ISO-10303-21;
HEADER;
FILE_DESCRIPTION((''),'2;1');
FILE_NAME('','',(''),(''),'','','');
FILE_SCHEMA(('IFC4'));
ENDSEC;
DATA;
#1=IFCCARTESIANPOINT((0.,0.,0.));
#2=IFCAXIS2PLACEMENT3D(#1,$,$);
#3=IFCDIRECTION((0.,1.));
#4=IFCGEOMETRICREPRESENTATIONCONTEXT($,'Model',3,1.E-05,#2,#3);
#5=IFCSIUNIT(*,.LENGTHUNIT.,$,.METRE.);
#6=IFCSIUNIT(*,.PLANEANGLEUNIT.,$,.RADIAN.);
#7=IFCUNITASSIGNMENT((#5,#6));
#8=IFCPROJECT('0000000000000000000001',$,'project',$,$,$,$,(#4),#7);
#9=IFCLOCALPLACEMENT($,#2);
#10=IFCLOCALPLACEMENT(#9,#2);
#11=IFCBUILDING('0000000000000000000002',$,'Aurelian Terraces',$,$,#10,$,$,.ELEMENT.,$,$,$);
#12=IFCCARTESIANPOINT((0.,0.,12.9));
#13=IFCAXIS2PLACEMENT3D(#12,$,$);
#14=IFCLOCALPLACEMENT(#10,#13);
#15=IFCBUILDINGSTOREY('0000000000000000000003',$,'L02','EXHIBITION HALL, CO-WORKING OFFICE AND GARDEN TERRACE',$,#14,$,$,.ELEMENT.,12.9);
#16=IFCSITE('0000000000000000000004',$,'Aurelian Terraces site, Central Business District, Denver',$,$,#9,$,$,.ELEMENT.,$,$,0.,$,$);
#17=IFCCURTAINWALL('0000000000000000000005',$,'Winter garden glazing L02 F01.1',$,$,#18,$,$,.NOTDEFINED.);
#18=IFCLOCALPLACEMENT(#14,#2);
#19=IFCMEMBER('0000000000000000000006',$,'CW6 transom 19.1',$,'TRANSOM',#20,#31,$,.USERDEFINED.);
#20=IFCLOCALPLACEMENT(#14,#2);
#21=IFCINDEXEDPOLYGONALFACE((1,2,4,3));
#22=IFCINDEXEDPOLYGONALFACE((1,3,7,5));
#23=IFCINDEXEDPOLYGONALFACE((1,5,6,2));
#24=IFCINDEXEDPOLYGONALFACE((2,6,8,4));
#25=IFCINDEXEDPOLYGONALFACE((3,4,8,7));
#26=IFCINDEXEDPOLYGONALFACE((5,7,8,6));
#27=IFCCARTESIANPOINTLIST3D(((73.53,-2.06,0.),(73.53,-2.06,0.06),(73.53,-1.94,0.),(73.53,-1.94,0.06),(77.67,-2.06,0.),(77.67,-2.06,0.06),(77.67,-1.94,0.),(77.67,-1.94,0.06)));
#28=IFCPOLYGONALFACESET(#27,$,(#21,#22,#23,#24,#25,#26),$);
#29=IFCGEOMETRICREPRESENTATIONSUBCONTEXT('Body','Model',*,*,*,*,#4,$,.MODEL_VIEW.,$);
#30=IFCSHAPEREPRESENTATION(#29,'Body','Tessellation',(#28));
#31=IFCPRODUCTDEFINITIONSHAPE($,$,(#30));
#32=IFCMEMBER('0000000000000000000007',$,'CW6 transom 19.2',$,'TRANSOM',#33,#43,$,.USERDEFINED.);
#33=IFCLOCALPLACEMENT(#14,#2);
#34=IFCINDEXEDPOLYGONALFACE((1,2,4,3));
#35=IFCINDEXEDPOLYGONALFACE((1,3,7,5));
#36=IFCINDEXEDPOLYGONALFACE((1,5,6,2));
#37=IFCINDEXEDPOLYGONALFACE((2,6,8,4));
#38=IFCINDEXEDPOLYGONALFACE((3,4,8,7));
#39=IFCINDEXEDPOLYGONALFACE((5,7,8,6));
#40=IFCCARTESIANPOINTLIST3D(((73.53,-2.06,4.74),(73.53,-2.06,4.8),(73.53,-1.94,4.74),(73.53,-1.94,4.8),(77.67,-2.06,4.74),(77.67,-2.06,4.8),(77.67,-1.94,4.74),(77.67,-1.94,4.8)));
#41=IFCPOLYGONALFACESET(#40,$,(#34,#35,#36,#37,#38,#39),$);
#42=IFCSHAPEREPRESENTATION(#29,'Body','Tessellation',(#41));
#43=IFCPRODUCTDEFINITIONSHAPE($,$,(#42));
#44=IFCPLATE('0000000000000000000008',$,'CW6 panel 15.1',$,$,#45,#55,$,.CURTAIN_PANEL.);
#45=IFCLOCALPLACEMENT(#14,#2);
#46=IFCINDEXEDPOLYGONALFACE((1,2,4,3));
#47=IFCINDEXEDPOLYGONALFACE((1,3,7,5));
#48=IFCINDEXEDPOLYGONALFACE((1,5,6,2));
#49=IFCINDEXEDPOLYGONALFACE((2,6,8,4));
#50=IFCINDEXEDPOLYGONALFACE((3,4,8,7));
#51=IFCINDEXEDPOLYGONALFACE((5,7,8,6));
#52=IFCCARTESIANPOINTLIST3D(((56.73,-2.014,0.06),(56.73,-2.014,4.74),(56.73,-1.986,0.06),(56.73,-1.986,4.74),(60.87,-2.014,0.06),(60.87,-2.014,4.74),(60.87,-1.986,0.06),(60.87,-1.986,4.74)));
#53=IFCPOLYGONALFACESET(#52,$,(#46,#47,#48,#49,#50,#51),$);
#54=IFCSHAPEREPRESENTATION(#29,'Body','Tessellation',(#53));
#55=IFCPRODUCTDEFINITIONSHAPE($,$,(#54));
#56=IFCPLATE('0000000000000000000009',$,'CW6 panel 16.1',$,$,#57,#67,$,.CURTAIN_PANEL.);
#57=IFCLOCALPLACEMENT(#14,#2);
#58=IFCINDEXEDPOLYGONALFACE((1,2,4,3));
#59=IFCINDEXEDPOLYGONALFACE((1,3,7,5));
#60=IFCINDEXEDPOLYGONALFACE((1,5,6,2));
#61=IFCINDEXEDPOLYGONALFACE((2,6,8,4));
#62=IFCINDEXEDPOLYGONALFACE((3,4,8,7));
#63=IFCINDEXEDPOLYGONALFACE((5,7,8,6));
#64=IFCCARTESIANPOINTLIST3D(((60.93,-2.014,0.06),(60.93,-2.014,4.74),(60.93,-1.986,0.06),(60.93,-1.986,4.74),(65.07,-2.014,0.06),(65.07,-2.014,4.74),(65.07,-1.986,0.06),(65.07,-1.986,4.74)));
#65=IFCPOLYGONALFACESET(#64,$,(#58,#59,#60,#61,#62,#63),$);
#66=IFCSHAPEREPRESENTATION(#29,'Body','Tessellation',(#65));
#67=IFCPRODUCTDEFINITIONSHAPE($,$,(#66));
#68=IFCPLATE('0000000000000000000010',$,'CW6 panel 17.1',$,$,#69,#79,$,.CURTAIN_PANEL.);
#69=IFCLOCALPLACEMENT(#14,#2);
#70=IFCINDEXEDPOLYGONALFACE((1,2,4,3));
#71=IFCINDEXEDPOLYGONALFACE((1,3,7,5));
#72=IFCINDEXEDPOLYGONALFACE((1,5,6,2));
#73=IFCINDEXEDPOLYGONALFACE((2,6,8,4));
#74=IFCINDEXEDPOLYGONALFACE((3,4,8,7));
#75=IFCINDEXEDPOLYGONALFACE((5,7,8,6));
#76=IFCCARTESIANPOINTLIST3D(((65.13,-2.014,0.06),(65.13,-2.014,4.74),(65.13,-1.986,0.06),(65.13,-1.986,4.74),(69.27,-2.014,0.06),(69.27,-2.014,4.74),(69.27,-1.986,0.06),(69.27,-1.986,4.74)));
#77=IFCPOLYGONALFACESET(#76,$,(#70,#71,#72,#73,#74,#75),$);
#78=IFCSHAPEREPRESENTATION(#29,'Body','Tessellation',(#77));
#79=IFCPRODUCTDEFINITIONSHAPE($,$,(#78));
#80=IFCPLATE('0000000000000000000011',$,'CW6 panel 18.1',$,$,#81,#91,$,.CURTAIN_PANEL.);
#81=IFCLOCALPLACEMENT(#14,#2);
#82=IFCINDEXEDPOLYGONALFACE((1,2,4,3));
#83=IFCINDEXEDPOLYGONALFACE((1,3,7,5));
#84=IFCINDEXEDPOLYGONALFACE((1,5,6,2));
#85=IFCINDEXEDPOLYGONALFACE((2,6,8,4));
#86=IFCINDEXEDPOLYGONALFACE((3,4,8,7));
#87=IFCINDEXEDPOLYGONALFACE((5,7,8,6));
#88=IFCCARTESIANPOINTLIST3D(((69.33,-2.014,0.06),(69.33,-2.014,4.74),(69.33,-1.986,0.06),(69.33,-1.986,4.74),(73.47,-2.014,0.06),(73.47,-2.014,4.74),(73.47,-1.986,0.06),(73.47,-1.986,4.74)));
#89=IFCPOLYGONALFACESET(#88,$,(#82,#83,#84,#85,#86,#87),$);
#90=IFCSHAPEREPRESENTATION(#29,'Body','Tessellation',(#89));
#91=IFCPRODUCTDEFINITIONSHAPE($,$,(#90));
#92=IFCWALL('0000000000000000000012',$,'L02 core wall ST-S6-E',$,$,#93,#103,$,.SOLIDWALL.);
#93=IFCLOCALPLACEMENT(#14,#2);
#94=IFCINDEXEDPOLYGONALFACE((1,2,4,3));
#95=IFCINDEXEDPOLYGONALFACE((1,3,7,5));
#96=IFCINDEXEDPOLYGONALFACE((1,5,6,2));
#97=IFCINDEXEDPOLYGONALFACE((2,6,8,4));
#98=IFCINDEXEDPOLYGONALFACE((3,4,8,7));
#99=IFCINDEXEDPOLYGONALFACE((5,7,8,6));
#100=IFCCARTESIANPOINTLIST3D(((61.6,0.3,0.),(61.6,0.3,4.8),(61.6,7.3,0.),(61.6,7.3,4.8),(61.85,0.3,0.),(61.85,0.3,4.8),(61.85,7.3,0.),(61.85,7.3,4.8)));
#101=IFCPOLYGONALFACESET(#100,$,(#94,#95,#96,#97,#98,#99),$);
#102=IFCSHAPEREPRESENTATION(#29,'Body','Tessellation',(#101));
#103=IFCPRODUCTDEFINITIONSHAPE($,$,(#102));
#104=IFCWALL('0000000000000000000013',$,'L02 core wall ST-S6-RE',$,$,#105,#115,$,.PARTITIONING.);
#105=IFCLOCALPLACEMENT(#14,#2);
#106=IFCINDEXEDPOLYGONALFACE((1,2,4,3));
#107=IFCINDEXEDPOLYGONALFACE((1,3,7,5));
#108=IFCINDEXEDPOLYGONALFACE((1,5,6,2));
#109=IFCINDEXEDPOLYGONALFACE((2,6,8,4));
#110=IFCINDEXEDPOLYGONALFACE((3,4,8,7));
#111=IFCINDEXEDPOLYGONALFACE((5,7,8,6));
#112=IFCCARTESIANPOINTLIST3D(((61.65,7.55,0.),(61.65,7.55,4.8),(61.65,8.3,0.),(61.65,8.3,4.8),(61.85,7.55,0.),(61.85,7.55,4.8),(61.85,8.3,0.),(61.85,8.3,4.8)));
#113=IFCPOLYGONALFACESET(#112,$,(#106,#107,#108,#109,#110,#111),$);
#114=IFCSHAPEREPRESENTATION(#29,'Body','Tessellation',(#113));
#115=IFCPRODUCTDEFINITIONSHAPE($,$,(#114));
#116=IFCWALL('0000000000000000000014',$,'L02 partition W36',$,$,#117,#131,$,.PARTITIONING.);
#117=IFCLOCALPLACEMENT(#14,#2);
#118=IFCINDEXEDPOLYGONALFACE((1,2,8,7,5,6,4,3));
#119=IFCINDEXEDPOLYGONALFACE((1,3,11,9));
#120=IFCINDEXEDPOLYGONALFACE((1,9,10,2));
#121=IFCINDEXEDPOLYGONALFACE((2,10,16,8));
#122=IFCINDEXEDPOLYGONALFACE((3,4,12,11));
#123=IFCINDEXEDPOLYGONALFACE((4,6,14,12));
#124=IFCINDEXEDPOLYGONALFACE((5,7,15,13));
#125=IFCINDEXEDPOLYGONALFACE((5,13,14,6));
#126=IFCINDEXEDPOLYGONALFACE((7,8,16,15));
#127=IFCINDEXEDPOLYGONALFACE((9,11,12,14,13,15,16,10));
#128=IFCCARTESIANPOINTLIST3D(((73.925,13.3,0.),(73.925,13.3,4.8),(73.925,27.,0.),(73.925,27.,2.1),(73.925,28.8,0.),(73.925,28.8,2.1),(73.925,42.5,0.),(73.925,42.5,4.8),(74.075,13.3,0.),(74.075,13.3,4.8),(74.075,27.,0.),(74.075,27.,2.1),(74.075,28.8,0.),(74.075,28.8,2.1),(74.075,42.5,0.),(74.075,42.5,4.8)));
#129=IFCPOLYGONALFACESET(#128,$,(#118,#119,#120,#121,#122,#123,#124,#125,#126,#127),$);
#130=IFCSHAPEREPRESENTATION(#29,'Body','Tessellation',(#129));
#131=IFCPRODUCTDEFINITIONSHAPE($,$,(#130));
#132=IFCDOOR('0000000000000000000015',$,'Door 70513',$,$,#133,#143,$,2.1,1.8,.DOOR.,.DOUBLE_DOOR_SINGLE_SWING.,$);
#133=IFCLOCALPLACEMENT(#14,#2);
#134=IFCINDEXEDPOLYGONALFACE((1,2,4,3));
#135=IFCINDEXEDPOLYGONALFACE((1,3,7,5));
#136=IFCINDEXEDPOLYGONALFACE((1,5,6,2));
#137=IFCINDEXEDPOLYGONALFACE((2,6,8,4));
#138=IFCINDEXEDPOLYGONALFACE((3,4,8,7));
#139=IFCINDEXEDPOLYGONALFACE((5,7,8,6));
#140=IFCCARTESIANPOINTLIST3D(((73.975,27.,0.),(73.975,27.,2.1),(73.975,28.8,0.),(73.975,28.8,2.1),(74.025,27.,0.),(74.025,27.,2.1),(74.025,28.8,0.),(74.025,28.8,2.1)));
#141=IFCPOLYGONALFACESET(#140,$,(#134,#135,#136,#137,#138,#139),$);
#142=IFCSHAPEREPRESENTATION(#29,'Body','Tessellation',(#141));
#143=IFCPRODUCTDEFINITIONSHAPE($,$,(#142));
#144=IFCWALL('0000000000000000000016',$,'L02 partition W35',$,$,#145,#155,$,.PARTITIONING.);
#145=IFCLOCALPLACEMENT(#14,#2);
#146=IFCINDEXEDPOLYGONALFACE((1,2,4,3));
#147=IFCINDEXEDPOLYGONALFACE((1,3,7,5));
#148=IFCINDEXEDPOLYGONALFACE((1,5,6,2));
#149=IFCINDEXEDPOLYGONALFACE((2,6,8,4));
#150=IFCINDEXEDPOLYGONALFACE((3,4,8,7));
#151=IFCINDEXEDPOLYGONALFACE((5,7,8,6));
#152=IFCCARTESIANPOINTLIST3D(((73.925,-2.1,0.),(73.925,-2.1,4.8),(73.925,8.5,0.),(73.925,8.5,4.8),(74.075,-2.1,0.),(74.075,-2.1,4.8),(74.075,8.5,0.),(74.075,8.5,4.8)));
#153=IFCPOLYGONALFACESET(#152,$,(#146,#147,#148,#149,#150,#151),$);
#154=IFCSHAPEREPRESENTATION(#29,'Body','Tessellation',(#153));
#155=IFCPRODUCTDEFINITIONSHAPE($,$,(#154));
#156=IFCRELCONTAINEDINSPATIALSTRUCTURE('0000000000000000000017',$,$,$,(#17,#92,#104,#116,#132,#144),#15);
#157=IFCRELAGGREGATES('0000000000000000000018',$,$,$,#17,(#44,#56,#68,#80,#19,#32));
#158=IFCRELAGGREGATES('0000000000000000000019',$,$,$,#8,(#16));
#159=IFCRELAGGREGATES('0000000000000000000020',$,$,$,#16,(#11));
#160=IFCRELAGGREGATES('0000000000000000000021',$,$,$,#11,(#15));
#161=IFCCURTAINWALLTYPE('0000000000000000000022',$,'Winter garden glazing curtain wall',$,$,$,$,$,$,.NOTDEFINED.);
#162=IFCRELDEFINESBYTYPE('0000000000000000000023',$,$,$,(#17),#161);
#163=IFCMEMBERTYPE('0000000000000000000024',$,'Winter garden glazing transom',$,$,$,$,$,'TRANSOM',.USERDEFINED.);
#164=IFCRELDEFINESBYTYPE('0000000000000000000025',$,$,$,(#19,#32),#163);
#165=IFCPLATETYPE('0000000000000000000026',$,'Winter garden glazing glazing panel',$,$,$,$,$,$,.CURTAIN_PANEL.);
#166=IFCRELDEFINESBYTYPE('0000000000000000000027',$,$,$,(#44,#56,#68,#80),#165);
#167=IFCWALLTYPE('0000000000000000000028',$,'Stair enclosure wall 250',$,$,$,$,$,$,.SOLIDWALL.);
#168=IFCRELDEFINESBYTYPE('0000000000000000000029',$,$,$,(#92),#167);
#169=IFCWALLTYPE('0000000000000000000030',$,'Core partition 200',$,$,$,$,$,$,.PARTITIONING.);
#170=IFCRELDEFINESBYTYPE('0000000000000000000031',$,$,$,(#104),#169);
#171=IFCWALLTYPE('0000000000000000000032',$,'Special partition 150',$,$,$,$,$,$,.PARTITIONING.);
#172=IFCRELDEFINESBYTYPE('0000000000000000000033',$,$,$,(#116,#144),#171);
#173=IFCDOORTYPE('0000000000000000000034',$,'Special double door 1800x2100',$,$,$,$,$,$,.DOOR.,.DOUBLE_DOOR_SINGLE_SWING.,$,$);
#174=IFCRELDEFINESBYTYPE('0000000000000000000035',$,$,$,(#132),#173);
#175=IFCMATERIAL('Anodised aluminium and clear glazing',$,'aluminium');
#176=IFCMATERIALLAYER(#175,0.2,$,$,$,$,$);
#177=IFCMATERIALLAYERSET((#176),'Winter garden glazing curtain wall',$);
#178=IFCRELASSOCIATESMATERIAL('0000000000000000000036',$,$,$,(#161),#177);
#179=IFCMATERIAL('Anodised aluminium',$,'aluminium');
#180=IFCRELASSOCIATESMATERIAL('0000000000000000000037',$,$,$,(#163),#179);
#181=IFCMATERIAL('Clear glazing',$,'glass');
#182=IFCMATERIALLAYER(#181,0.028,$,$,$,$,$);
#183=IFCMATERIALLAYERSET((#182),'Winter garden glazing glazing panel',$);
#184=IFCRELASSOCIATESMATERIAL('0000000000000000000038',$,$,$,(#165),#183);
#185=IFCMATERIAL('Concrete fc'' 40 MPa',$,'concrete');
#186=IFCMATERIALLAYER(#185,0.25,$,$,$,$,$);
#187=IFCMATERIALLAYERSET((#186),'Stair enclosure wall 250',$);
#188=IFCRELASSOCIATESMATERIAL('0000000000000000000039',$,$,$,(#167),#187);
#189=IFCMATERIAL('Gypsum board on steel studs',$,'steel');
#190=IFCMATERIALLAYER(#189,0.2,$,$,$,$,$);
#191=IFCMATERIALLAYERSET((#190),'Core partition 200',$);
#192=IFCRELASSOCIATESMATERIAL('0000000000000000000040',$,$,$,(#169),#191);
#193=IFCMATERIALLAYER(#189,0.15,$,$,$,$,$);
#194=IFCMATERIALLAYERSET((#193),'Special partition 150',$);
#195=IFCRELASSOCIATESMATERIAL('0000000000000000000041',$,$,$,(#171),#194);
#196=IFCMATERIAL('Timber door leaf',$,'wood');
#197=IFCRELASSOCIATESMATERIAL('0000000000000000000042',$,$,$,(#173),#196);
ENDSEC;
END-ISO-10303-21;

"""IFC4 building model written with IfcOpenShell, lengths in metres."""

from ifc_helpers import new_model, si_unit, direction, frame, frame_2d, origin, origin_2d, place, context, subcontext, project, spatial, rectangle, extrude, source, transform, mapped, material, layer, layer_set, material_profile, profile_set, type_object, element, fill, aggregate, save


model = new_model("IFC4")

# Units and contexts
model_context = context("Model", 3, precision=1e-05, world=origin(), true_north=direction((0.0, 1.0)))
body_context = subcontext(model_context, "Body", "Model", "MODEL_VIEW")
ifc_project = project(units=[si_unit("LENGTHUNIT", "METRE"), si_unit("PLANEANGLEUNIT", "RADIAN")], contexts=[model_context])

# Site, building, storey
site_placement = place(None, origin())
site = spatial("IfcSite", under=ifc_project, at=site_placement, Name="Aurelian Terraces site, Central Business District, Denver", CompositionType="ELEMENT", RefElevation=0.0)
building_placement = place(site_placement, origin())
building = spatial("IfcBuilding", under=site, at=building_placement, Name="Aurelian Terraces", CompositionType="ELEMENT")
storey_placement = place(building_placement, frame((0.0, 0.0, 12.9)))
storey = spatial("IfcBuildingStorey", under=building, at=storey_placement, Name="L02", Description="EXHIBITION HALL, CO-WORKING OFFICE AND GARDEN TERRACE", CompositionType="ELEMENT", Elevation=12.9)

# Curtain wall, members, plates
ifc_material_1 = material(Name="Anodised aluminium and clear glazing", Category="aluminium")
ifc_layer_1 = layer(ifc_material_1, 0.2)
ifc_layer_set_1 = layer_set([ifc_layer_1], Name="Winter garden glazing curtain wall")
curtain_wall_type = type_object("IfcCurtainWallType", Name="Winter garden glazing curtain wall", PredefinedType="NOTDEFINED", material=ifc_layer_set_1)
curtain_wall_placement = place(storey_placement, origin())
curtain_wall = element("IfcCurtainWall", 1, at=curtain_wall_placement, inside=storey, type_object=curtain_wall_type, Name="Winter garden glazing L02 F01.1", PredefinedType="NOTDEFINED")
ifc_material_2 = material(Name="Anodised aluminium", Category="aluminium")
ifc_material_profile_1 = material_profile(ifc_material_2, rectangle(XDim=0.12, YDim=0.06, at=origin_2d()))
ifc_profile_set_1 = profile_set([ifc_material_profile_1], Name="Anodised aluminium")
member_type_1 = type_object("IfcMemberType", Name="Winter garden glazing transom", ElementType="TRANSOM", PredefinedType="USERDEFINED", material=ifc_profile_set_1)
shared_shape_1 = source(origin(), body_context, "Body", "SweptSolid", [
    extrude(rectangle(XDim=0.12, YDim=0.06, at=origin_2d()), origin(), (0.0, 0.0, 1.0), 4.14),
])
member_1_placement = place(storey_placement, frame((73.53, -2.0, 0.03), z_axis=(1.0, 0.0, 0.0), x_axis=(0.0, 1.0, 0.0)))
member_1 = element("IfcMember", 2, at=member_1_placement, type_object=member_type_1, Name="CW6 transom 19.1", ObjectType="TRANSOM", PredefinedType="USERDEFINED", context=body_context, shape_type="MappedRepresentation", body=[
    mapped(shared_shape_1, transform((0.0, 0.0, 0.0), scale=1.0)),
])
member_2_placement = place(storey_placement, frame((73.53, -2.0, 4.77), z_axis=(1.0, 0.0, 0.0), x_axis=(0.0, 1.0, 0.0)))
member_2 = element("IfcMember", 3, at=member_2_placement, type_object=member_type_1, Name="CW6 transom 19.2", ObjectType="TRANSOM", PredefinedType="USERDEFINED", context=body_context, shape_type="MappedRepresentation", body=[
    mapped(shared_shape_1, transform((0.0, 0.0, 0.0), scale=1.0)),
])
ifc_material_3 = material(Name="Clear glazing", Category="glass")
ifc_layer_2 = layer(ifc_material_3, 0.028)
ifc_layer_set_2 = layer_set([ifc_layer_2], Name="Winter garden glazing glazing panel")
plate_type = type_object("IfcPlateType", Name="Winter garden glazing glazing panel", PredefinedType="CURTAIN_PANEL", material=ifc_layer_set_2)
shared_shape_2 = source(origin(), body_context, "Body", "SweptSolid", [
    extrude(rectangle(XDim=4.14, YDim=0.028, at=origin_2d()), origin(), (0.0, 0.0, 1.0), 4.68),
])
plate_1_placement = place(storey_placement, frame((58.8, -2.0, 0.06), z_axis=(0.0, 0.0, 1.0), x_axis=(1.0, 0.0, 0.0)))
plate_1 = element("IfcPlate", 4, at=plate_1_placement, type_object=plate_type, Name="CW6 panel 15.1", PredefinedType="CURTAIN_PANEL", context=body_context, shape_type="MappedRepresentation", body=[
    mapped(shared_shape_2, transform((0.0, 0.0, 0.0), scale=1.0)),
])
plate_2_placement = place(storey_placement, frame((63.0, -2.0, 0.06), z_axis=(0.0, 0.0, 1.0), x_axis=(1.0, 0.0, 0.0)))
plate_2 = element("IfcPlate", 5, at=plate_2_placement, type_object=plate_type, Name="CW6 panel 16.1", PredefinedType="CURTAIN_PANEL", context=body_context, shape_type="MappedRepresentation", body=[
    mapped(shared_shape_2, transform((0.0, 0.0, 0.0), scale=1.0)),
])
plate_3_placement = place(storey_placement, frame((67.2, -2.0, 0.06), z_axis=(0.0, 0.0, 1.0), x_axis=(1.0, 0.0, 0.0)))
plate_3 = element("IfcPlate", 6, at=plate_3_placement, type_object=plate_type, Name="CW6 panel 17.1", PredefinedType="CURTAIN_PANEL", context=body_context, shape_type="MappedRepresentation", body=[
    mapped(shared_shape_2, transform((0.0, 0.0, 0.0), scale=1.0)),
])
plate_4_placement = place(storey_placement, frame((71.4, -2.0, 0.06), z_axis=(0.0, 0.0, 1.0), x_axis=(1.0, 0.0, 0.0)))
plate_4 = element("IfcPlate", 7, at=plate_4_placement, type_object=plate_type, Name="CW6 panel 18.1", PredefinedType="CURTAIN_PANEL", context=body_context, shape_type="MappedRepresentation", body=[
    mapped(shared_shape_2, transform((0.0, 0.0, 0.0), scale=1.0)),
])
aggregate(curtain_wall, [plate_1, plate_2, plate_3, plate_4, member_1, member_2])

# Walls
ifc_material_4 = material(Name="Concrete fc' 40 MPa", Category="concrete")
ifc_layer_3 = layer(ifc_material_4, 0.25)
ifc_layer_set_3 = layer_set([ifc_layer_3], Name="Stair enclosure wall 250")
wall_type_1 = type_object("IfcWallType", Name="Stair enclosure wall 250", PredefinedType="SOLIDWALL", material=ifc_layer_set_3)
shared_shape_3 = source(origin(), body_context, "Body", "SweptSolid", [
    extrude(rectangle(XDim=7.0, YDim=0.25, at=frame_2d((3.5, 0.0))), origin(), (0.0, 0.0, 1.0), 4.8),
])
wall_1_placement = place(storey_placement, frame((61.725, 0.3, 0.0), z_axis=(0.0, 0.0, 1.0), x_axis=(0.0, 1.0, 0.0)))
element("IfcWall", 8, at=wall_1_placement, inside=storey, type_object=wall_type_1, Name="L02 core wall ST-S6-E", PredefinedType="SOLIDWALL", context=body_context, shape_type="MappedRepresentation", body=[
    mapped(shared_shape_3, transform((0.0, 0.0, 0.0), scale=1.0)),
])
ifc_material_5 = material(Name="Gypsum board on steel studs", Category="steel")
ifc_layer_4 = layer(ifc_material_5, 0.2)
ifc_layer_set_4 = layer_set([ifc_layer_4], Name="Core partition 200")
wall_type_2 = type_object("IfcWallType", Name="Core partition 200", PredefinedType="PARTITIONING", material=ifc_layer_set_4)
shared_shape_4 = source(origin(), body_context, "Body", "SweptSolid", [
    extrude(rectangle(XDim=0.75, YDim=0.2, at=frame_2d((0.375, 0.0))), origin(), (0.0, 0.0, 1.0), 4.8),
])
wall_2_placement = place(storey_placement, frame((61.75, 7.55, 0.0), z_axis=(0.0, 0.0, 1.0), x_axis=(0.0, 1.0, 0.0)))
element("IfcWall", 9, at=wall_2_placement, inside=storey, type_object=wall_type_2, Name="L02 core wall ST-S6-RE", PredefinedType="PARTITIONING", context=body_context, shape_type="MappedRepresentation", body=[
    mapped(shared_shape_4, transform((0.0, 0.0, 0.0), scale=1.0)),
])

# Wall, opening, door
ifc_layer_5 = layer(ifc_material_5, 0.15)
ifc_layer_set_5 = layer_set([ifc_layer_5], Name="Special partition 150")
wall_type_3 = type_object("IfcWallType", Name="Special partition 150", PredefinedType="PARTITIONING", material=ifc_layer_set_5)
shared_shape_5 = source(origin(), body_context, "Body", "SweptSolid", [
    extrude(rectangle(XDim=29.2, YDim=0.15, at=frame_2d((14.6, 0.0))), origin(), (0.0, 0.0, 1.0), 4.8),
])
wall_3_placement = place(storey_placement, frame((74.0, 13.3, 0.0), z_axis=(0.0, 0.0, 1.0), x_axis=(0.0, 1.0, 0.0)))
wall_3 = element("IfcWall", 10, at=wall_3_placement, inside=storey, type_object=wall_type_3, Name="L02 partition W36", PredefinedType="PARTITIONING", context=body_context, shape_type="MappedRepresentation", body=[
    mapped(shared_shape_5, transform((0.0, 0.0, 0.0), scale=1.0)),
])
shared_shape_6 = source(origin(), body_context, "Body", "SweptSolid", [
    extrude(rectangle(XDim=1.8, YDim=2.1, at=frame_2d((0.9, 1.05))), frame((0.0, 0.085, 0.0), z_axis=(0.0, -1.0, 0.0), x_axis=(1.0, 0.0, 0.0)), (0.0, 0.0, 1.0), 0.17),
])
opening_1_placement = place(wall_3_placement, frame((13.7, 0.0, 0.0)))
opening_1 = element("IfcOpeningElement", 11, at=opening_1_placement, cuts=wall_3, PredefinedType="OPENING", context=body_context, shape_type="MappedRepresentation", body=[
    mapped(shared_shape_6, transform((0.0, 0.0, 0.0), scale=1.0)),
])
ifc_material_6 = material(Name="Timber door leaf", Category="wood")
door_type = type_object("IfcDoorType", Name="Special double door 1800x2100", OperationType="DOUBLE_DOOR_SINGLE_SWING", PredefinedType="DOOR", material=ifc_material_6)
shared_shape_7 = source(origin(), body_context, "Body", "SweptSolid", [
    extrude(rectangle(XDim=1.8, YDim=2.1, at=frame_2d((0.9, 1.05))), frame((0.0, 0.025, 0.0), z_axis=(0.0, -1.0, 0.0), x_axis=(1.0, 0.0, 0.0)), (0.0, 0.0, 1.0), 0.05),
])
door_1_placement = place(opening_1_placement, origin())
door_1 = element("IfcDoor", 12, at=door_1_placement, inside=storey, type_object=door_type, Name="Door 70513", OperationType="DOUBLE_DOOR_SINGLE_SWING", OverallHeight=2.1, OverallWidth=1.8, PredefinedType="DOOR", context=body_context, shape_type="MappedRepresentation", body=[
    mapped(shared_shape_7, transform((0.0, 0.0, 0.0), scale=1.0)),
])
fill(opening_1, door_1)

# Wall
shared_shape_8 = source(origin(), body_context, "Body", "SweptSolid", [
    extrude(rectangle(XDim=10.6, YDim=0.15, at=frame_2d((5.3, 0.0))), origin(), (0.0, 0.0, 1.0), 4.8),
])
wall_4_placement = place(storey_placement, frame((74.0, -2.1, 0.0), z_axis=(0.0, 0.0, 1.0), x_axis=(0.0, 1.0, 0.0)))
element("IfcWall", 13, at=wall_4_placement, inside=storey, type_object=wall_type_3, Name="L02 partition W35", PredefinedType="PARTITIONING", context=body_context, shape_type="MappedRepresentation", body=[
    mapped(shared_shape_8, transform((0.0, 0.0, 0.0), scale=1.0)),
])

save(model, "model.ifc")
